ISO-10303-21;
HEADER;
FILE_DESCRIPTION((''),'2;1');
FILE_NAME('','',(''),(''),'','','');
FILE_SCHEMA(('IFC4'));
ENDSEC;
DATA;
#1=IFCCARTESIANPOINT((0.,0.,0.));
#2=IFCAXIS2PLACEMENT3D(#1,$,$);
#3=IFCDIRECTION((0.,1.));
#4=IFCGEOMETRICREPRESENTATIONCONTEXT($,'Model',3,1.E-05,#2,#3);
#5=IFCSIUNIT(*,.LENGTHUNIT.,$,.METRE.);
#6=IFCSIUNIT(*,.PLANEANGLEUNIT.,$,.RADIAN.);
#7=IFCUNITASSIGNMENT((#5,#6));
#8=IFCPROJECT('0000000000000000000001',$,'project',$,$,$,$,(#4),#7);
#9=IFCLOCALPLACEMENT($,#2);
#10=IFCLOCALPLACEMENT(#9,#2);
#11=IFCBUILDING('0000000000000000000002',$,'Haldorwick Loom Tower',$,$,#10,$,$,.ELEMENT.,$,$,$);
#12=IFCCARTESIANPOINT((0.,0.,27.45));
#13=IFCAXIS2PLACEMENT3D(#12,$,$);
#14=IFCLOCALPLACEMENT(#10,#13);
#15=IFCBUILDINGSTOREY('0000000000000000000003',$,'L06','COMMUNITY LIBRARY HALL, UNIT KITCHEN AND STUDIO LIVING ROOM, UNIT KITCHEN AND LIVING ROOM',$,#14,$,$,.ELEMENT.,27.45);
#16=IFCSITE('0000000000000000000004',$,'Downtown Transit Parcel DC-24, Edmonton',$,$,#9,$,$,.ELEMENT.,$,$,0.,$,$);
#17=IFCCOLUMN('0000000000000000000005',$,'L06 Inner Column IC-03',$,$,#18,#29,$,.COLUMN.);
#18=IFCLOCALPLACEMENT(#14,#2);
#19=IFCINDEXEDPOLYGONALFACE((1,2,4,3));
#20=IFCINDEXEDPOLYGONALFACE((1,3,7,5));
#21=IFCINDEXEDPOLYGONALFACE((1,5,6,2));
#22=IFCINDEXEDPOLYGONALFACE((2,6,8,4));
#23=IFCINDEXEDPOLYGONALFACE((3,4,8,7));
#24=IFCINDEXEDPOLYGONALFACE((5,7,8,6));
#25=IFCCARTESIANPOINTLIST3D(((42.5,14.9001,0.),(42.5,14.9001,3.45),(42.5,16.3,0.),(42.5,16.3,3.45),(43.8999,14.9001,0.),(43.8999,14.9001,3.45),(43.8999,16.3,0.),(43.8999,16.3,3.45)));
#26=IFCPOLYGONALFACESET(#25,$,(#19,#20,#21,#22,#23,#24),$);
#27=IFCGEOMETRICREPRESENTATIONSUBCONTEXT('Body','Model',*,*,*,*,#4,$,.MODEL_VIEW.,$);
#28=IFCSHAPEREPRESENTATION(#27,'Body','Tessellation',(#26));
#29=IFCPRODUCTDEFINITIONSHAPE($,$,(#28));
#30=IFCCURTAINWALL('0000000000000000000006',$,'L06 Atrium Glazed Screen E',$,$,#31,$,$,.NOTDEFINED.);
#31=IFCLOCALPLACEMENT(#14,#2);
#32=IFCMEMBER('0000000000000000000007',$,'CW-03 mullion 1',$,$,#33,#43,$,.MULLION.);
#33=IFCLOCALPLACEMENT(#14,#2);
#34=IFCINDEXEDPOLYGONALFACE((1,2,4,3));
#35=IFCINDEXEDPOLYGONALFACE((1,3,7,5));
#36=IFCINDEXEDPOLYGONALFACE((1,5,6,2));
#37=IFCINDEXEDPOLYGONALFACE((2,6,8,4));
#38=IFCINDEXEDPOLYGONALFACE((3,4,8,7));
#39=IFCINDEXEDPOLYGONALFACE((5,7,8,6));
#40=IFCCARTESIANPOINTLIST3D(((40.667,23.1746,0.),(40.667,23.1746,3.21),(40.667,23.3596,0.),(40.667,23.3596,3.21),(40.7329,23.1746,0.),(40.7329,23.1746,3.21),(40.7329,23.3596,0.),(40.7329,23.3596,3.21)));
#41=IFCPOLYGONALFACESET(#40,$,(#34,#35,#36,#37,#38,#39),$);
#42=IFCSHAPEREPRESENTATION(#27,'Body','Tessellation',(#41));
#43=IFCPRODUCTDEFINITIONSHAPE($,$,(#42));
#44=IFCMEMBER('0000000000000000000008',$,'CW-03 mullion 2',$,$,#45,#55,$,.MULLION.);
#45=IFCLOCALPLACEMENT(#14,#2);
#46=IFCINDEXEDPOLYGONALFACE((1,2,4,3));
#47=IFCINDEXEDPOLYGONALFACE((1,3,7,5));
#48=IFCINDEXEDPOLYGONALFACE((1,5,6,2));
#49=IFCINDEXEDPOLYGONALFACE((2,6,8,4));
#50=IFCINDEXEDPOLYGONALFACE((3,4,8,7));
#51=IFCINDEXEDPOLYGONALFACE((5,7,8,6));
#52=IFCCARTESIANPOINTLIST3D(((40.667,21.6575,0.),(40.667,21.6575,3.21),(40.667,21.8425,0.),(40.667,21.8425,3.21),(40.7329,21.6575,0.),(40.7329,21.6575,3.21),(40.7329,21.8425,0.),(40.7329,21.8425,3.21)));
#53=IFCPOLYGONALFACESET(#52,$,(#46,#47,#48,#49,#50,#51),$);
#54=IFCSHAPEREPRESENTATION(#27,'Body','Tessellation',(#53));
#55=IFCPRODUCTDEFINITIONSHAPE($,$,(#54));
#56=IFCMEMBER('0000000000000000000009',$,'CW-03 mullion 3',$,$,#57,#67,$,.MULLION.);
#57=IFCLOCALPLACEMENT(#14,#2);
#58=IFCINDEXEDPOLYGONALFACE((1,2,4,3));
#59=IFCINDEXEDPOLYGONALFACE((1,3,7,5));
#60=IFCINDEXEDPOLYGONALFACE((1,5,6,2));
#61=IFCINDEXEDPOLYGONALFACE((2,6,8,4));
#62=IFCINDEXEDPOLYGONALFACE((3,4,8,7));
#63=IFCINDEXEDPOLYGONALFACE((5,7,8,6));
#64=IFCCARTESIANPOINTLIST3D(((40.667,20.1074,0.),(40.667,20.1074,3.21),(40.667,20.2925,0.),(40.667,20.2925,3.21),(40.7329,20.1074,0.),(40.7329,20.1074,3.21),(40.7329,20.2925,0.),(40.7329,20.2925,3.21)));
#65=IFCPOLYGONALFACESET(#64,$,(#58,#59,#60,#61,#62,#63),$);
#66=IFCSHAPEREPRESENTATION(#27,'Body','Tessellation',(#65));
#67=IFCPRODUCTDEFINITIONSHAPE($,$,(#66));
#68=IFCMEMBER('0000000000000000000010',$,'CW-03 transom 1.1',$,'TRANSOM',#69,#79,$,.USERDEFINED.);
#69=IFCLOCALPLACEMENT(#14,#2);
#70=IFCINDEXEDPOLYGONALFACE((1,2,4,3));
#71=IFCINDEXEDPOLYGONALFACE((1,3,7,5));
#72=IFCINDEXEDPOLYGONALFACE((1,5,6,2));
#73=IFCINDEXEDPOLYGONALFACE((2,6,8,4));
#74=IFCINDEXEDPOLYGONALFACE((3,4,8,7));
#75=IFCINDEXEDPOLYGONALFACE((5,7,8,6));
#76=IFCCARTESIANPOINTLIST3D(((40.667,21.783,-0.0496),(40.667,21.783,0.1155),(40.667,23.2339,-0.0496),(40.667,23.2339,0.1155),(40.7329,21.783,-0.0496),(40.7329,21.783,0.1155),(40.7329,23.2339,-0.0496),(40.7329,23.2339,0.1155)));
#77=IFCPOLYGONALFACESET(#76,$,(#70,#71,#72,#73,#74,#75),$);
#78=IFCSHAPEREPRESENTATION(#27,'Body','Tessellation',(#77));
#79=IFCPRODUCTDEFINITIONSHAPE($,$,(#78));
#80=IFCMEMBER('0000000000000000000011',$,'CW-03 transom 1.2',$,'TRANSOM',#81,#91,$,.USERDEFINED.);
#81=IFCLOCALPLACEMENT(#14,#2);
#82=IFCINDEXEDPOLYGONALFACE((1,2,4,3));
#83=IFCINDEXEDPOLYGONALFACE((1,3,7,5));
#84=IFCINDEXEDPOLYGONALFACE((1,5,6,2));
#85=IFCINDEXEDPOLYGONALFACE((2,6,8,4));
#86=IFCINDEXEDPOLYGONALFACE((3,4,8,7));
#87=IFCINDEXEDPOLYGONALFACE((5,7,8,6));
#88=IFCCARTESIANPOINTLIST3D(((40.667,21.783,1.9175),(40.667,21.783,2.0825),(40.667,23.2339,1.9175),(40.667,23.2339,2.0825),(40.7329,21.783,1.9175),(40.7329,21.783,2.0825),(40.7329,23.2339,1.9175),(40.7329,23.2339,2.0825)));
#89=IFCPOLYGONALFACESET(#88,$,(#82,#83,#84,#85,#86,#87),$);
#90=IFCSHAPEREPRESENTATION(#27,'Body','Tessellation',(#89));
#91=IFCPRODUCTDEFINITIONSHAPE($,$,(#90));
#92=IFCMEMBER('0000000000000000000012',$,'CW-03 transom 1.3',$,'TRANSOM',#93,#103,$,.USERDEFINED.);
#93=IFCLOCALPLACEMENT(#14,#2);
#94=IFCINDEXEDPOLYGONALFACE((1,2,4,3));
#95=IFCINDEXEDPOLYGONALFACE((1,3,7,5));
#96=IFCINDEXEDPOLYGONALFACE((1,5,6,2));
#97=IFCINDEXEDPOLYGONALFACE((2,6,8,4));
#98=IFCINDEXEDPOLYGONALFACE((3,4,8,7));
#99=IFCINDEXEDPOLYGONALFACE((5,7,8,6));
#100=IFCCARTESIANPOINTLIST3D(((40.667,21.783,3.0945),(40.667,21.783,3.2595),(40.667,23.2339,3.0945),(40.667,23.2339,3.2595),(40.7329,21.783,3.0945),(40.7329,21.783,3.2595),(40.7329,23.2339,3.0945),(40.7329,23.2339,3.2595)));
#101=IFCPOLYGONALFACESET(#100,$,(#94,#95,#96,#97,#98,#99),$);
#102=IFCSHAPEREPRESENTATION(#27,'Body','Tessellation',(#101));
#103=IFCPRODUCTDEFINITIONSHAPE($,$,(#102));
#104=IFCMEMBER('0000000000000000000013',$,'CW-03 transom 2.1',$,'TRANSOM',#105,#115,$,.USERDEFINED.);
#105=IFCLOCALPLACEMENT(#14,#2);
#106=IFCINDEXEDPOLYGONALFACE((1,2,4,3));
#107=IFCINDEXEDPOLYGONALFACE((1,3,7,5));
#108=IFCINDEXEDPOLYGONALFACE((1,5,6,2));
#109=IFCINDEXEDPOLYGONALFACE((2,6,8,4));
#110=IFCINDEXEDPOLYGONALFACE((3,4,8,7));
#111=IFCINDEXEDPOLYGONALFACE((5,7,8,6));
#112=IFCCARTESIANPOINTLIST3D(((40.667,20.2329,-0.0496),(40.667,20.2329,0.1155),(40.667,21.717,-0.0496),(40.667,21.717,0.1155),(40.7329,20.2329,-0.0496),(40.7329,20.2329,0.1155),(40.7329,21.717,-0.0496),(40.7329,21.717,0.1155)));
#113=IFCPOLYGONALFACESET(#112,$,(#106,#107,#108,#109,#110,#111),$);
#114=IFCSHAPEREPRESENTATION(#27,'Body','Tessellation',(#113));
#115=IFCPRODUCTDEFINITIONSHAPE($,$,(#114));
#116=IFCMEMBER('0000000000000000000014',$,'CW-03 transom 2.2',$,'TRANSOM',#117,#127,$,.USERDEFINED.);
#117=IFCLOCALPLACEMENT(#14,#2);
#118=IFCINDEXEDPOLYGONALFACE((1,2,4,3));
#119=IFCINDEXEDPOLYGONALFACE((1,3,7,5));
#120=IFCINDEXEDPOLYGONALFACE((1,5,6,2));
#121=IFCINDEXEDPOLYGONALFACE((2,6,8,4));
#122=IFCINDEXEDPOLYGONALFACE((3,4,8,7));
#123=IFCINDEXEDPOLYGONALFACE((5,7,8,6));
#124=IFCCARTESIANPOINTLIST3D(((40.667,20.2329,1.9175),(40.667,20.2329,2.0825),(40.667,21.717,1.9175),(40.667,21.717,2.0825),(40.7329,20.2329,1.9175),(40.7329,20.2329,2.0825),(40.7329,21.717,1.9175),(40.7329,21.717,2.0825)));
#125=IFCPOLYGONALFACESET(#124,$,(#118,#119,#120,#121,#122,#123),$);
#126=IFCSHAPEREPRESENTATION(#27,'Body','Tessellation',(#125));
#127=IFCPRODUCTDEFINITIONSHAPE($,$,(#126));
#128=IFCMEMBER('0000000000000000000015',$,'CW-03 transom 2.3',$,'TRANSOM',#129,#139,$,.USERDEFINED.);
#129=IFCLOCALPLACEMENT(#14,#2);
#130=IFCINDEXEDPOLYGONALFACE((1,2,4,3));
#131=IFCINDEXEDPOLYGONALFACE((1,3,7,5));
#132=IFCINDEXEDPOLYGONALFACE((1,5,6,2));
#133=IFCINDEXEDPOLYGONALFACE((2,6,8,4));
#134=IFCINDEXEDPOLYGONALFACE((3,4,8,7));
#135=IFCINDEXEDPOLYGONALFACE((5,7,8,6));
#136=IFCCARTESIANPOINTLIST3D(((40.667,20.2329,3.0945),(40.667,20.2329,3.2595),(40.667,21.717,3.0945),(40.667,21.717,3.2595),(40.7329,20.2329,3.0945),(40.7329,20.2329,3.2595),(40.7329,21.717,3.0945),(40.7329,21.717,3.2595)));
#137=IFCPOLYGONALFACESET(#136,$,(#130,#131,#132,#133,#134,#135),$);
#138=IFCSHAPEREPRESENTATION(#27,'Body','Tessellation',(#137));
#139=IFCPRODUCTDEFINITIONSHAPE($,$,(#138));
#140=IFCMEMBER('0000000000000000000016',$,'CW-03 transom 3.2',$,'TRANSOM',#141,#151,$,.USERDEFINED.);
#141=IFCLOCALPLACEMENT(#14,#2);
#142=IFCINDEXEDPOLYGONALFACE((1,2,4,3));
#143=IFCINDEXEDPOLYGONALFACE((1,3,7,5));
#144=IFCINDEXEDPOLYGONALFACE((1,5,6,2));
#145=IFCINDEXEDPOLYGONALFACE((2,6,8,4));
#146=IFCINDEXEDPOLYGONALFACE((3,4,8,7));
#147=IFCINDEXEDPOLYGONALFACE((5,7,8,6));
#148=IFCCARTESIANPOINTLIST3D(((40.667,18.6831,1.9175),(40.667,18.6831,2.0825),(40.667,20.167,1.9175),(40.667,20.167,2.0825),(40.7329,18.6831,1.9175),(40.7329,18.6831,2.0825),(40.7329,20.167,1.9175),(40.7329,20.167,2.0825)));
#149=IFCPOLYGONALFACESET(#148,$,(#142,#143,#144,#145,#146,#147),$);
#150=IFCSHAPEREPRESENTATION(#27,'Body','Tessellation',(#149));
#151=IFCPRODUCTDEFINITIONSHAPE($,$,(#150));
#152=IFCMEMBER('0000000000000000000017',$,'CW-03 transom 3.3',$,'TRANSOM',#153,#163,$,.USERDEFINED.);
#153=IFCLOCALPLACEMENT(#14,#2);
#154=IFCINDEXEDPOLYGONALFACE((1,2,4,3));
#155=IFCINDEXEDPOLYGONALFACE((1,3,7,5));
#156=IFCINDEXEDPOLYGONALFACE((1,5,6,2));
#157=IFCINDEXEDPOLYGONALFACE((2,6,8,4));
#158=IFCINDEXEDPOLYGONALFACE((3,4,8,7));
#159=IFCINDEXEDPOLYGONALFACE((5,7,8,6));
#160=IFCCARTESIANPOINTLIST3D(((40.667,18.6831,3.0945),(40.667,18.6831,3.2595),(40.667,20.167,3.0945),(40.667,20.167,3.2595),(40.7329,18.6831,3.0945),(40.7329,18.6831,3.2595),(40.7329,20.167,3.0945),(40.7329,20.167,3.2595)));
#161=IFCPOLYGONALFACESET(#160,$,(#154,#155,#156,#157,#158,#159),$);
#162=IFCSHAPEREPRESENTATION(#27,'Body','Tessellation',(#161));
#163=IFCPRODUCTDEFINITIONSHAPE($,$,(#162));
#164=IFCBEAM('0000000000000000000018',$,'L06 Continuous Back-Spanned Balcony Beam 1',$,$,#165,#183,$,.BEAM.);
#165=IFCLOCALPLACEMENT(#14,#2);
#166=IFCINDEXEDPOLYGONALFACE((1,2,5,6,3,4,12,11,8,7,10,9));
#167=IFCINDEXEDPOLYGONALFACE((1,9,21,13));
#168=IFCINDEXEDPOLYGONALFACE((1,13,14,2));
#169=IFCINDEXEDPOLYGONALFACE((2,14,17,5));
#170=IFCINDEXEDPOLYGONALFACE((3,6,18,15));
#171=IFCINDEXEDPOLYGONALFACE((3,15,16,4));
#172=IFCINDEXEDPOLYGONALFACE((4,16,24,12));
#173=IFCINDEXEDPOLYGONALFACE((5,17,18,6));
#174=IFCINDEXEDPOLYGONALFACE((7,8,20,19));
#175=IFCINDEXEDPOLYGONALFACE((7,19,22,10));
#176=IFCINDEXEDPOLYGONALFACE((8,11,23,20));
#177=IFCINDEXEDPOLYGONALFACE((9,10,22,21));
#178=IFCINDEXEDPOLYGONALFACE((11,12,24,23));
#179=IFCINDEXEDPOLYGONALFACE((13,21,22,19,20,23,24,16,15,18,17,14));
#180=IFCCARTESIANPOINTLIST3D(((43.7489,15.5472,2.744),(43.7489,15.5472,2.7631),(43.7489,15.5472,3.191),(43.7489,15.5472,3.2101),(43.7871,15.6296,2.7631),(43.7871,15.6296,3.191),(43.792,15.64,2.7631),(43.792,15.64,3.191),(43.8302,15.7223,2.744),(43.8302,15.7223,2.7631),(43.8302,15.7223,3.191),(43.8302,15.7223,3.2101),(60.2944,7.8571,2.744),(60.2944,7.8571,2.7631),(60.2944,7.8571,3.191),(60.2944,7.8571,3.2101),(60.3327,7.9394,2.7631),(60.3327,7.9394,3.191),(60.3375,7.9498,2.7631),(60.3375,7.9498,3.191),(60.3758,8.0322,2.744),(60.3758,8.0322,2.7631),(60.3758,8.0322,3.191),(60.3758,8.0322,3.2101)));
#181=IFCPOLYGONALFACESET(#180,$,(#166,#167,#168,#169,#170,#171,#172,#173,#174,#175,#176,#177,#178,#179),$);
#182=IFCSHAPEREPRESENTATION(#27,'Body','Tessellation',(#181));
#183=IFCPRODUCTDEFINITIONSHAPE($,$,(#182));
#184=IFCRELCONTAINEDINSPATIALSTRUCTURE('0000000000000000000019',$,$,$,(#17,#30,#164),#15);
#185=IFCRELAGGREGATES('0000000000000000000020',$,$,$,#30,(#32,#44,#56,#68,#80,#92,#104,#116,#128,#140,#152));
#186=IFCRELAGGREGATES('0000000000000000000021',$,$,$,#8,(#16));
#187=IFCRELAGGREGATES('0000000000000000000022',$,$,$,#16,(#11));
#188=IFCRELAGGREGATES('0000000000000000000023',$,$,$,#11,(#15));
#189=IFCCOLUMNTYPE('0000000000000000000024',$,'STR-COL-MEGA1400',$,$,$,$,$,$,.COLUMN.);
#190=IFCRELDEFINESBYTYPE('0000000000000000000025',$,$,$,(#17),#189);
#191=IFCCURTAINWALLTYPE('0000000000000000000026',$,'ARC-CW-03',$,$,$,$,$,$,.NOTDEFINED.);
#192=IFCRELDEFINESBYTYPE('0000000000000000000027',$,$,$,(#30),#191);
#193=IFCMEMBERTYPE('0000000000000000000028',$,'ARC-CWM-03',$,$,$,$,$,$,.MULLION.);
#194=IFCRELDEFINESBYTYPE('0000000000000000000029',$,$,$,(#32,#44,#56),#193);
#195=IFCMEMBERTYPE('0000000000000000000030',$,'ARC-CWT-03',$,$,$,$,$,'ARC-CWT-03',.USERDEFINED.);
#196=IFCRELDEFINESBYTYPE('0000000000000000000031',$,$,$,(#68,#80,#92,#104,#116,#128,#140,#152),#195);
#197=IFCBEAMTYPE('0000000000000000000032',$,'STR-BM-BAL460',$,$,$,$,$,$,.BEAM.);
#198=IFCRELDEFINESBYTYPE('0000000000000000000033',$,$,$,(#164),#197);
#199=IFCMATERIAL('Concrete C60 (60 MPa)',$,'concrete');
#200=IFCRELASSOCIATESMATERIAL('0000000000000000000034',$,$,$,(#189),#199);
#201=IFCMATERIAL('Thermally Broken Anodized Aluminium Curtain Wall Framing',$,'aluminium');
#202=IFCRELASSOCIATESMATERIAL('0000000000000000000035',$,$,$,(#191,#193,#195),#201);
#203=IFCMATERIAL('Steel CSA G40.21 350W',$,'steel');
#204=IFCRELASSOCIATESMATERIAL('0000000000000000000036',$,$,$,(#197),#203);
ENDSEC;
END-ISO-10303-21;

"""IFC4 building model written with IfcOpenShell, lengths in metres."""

from ifc_helpers import new_model, si_unit, direction, frame, origin, origin_2d, place, context, subcontext, project, spatial, rectangle, i_section, extrude, material, material_profile, profile_set, type_object, element, aggregate, save


model = new_model("IFC4")

# Units and contexts
model_context = context("Model", 3, precision=1e-05, world=origin(), true_north=direction((0.0, 1.0)))
body_context = subcontext(model_context, "Body", "Model", "MODEL_VIEW")
ifc_project = project(units=[si_unit("LENGTHUNIT", "METRE"), si_unit("PLANEANGLEUNIT", "RADIAN")], contexts=[model_context])

# Site, building, storey
site_placement = place(None, origin())
site = spatial("IfcSite", under=ifc_project, at=site_placement, Name="Downtown Transit Parcel DC-24, Edmonton", CompositionType="ELEMENT", RefElevation=0.0)
building_placement = place(site_placement, origin())
building = spatial("IfcBuilding", under=site, at=building_placement, Name="Haldorwick Loom Tower", CompositionType="ELEMENT")
storey_placement = place(building_placement, frame((0.0, 0.0, 27.45)))
storey = spatial("IfcBuildingStorey", under=building, at=storey_placement, Name="L06", Description="COMMUNITY LIBRARY HALL, UNIT KITCHEN AND STUDIO LIVING ROOM, UNIT KITCHEN AND LIVING ROOM", CompositionType="ELEMENT", Elevation=27.45)

# Column
ifc_material_1 = material(Name="Concrete C60 (60 MPa)", Category="concrete")
ifc_material_profile_1 = material_profile(ifc_material_1, rectangle(XDim=1.3999, YDim=1.3999, at=origin_2d()), Name="RC1400X1400", Category="concrete")
ifc_profile_set_1 = profile_set([ifc_material_profile_1], Name="Concrete C60 (60 MPa)")
column_type = type_object("IfcColumnType", Name="STR-COL-MEGA1400", PredefinedType="COLUMN", material=ifc_profile_set_1)
column_placement = place(storey_placement, frame((43.2, 15.6001, 0.0), z_axis=(0.0, 0.0, 1.0), x_axis=(1.0, 0.0, 0.0)))
element("IfcColumn", 1, at=column_placement, inside=storey, type_object=column_type, Name="L06 Inner Column IC-03", PredefinedType="COLUMN", context=body_context, shape_type="SweptSolid", body=[
    extrude(rectangle(XDim=1.3999, YDim=1.3999, at=origin_2d()), origin(), (0.0, 0.0, 1.0), 3.45),
])

# Curtain wall, members
ifc_material_2 = material(Name="Thermally Broken Anodized Aluminium Curtain Wall Framing", Category="aluminium")
curtain_wall_type = type_object("IfcCurtainWallType", Name="ARC-CW-03", PredefinedType="NOTDEFINED", material=ifc_material_2)
curtain_wall_placement = place(storey_placement, origin())
curtain_wall = element("IfcCurtainWall", 2, at=curtain_wall_placement, inside=storey, type_object=curtain_wall_type, Name="L06 Atrium Glazed Screen E", PredefinedType="NOTDEFINED")
ifc_material_profile_2 = material_profile(ifc_material_2, rectangle(XDim=0.0659, YDim=0.1851, at=origin_2d()), Name="ALU_MUL_66X185", Category="aluminium")
ifc_profile_set_2 = profile_set([ifc_material_profile_2], Name="Thermally Broken Anodized Aluminium Curtain Wall Framing")
member_type_1 = type_object("IfcMemberType", Name="ARC-CWM-03", PredefinedType="MULLION", material=ifc_profile_set_2)
member_1_placement = place(storey_placement, frame((40.7, 23.2671, 0.0), z_axis=(0.0, 0.0, 1.0), x_axis=(1.0, 0.0, 0.0)))
member_1 = element("IfcMember", 3, at=member_1_placement, type_object=member_type_1, Name="CW-03 mullion 1", PredefinedType="MULLION", context=body_context, shape_type="SweptSolid", body=[
    extrude(rectangle(XDim=0.0659, YDim=0.1851, at=origin_2d()), origin(), (0.0, 0.0, 1.0), 3.21),
])
member_2_placement = place(storey_placement, frame((40.7, 21.75, 0.0), z_axis=(0.0, 0.0, 1.0), x_axis=(1.0, 0.0, 0.0)))
member_2 = element("IfcMember", 4, at=member_2_placement, type_object=member_type_1, Name="CW-03 mullion 2", PredefinedType="MULLION", context=body_context, shape_type="SweptSolid", body=[
    extrude(rectangle(XDim=0.0659, YDim=0.1851, at=origin_2d()), origin(), (0.0, 0.0, 1.0), 3.21),
])
member_3_placement = place(storey_placement, frame((40.7, 20.2, 0.0), z_axis=(0.0, 0.0, 1.0), x_axis=(1.0, 0.0, 0.0)))
member_3 = element("IfcMember", 5, at=member_3_placement, type_object=member_type_1, Name="CW-03 mullion 3", PredefinedType="MULLION", context=body_context, shape_type="SweptSolid", body=[
    extrude(rectangle(XDim=0.0659, YDim=0.1851, at=origin_2d()), origin(), (0.0, 0.0, 1.0), 3.21),
])
ifc_material_profile_3 = material_profile(ifc_material_2, rectangle(XDim=0.0659, YDim=0.165, at=origin_2d()), Name="ALU_TRN_66X165", Category="aluminium")
ifc_profile_set_3 = profile_set([ifc_material_profile_3], Name="Thermally Broken Anodized Aluminium Curtain Wall Framing")
member_type_2 = type_object("IfcMemberType", Name="ARC-CWT-03", ElementType="ARC-CWT-03", PredefinedType="USERDEFINED", material=ifc_profile_set_3)
member_4_placement = place(storey_placement, frame((40.7, 23.2339, 0.033), z_axis=(0.0, -1.0, 0.0), x_axis=(1.0, 0.0, 0.0)))
member_4 = element("IfcMember", 6, at=member_4_placement, type_object=member_type_2, Name="CW-03 transom 1.1", ObjectType="TRANSOM", PredefinedType="USERDEFINED", context=body_context, shape_type="SweptSolid", body=[
    extrude(rectangle(XDim=0.0659, YDim=0.165, at=origin_2d()), origin(), (0.0, 0.0, 1.0), 1.4509),
])
member_5_placement = place(storey_placement, frame((40.7, 23.2339, 2.0), z_axis=(0.0, -1.0, 0.0), x_axis=(1.0, 0.0, 0.0)))
member_5 = element("IfcMember", 7, at=member_5_placement, type_object=member_type_2, Name="CW-03 transom 1.2", ObjectType="TRANSOM", PredefinedType="USERDEFINED", context=body_context, shape_type="SweptSolid", body=[
    extrude(rectangle(XDim=0.0659, YDim=0.165, at=origin_2d()), origin(), (0.0, 0.0, 1.0), 1.4509),
])
member_6_placement = place(storey_placement, frame((40.7, 23.2339, 3.177), z_axis=(0.0, -1.0, 0.0), x_axis=(1.0, 0.0, 0.0)))
member_6 = element("IfcMember", 8, at=member_6_placement, type_object=member_type_2, Name="CW-03 transom 1.3", ObjectType="TRANSOM", PredefinedType="USERDEFINED", context=body_context, shape_type="SweptSolid", body=[
    extrude(rectangle(XDim=0.0659, YDim=0.165, at=origin_2d()), origin(), (0.0, 0.0, 1.0), 1.4509),
])
member_7_placement = place(storey_placement, frame((40.7, 21.717, 0.033), z_axis=(0.0, -1.0, 0.0), x_axis=(1.0, 0.0, 0.0)))
member_7 = element("IfcMember", 9, at=member_7_placement, type_object=member_type_2, Name="CW-03 transom 2.1", ObjectType="TRANSOM", PredefinedType="USERDEFINED", context=body_context, shape_type="SweptSolid", body=[
    extrude(rectangle(XDim=0.0659, YDim=0.165, at=origin_2d()), origin(), (0.0, 0.0, 1.0), 1.4841),
])
member_8_placement = place(storey_placement, frame((40.7, 21.717, 2.0), z_axis=(0.0, -1.0, 0.0), x_axis=(1.0, 0.0, 0.0)))
member_8 = element("IfcMember", 10, at=member_8_placement, type_object=member_type_2, Name="CW-03 transom 2.2", ObjectType="TRANSOM", PredefinedType="USERDEFINED", context=body_context, shape_type="SweptSolid", body=[
    extrude(rectangle(XDim=0.0659, YDim=0.165, at=origin_2d()), origin(), (0.0, 0.0, 1.0), 1.4841),
])
member_9_placement = place(storey_placement, frame((40.7, 21.717, 3.177), z_axis=(0.0, -1.0, 0.0), x_axis=(1.0, 0.0, 0.0)))
member_9 = element("IfcMember", 11, at=member_9_placement, type_object=member_type_2, Name="CW-03 transom 2.3", ObjectType="TRANSOM", PredefinedType="USERDEFINED", context=body_context, shape_type="SweptSolid", body=[
    extrude(rectangle(XDim=0.0659, YDim=0.165, at=origin_2d()), origin(), (0.0, 0.0, 1.0), 1.4841),
])
member_10_placement = place(storey_placement, frame((40.7, 20.167, 2.0), z_axis=(0.0, -1.0, 0.0), x_axis=(1.0, 0.0, 0.0)))
member_10 = element("IfcMember", 12, at=member_10_placement, type_object=member_type_2, Name="CW-03 transom 3.2", ObjectType="TRANSOM", PredefinedType="USERDEFINED", context=body_context, shape_type="SweptSolid", body=[
    extrude(rectangle(XDim=0.0659, YDim=0.165, at=origin_2d()), origin(), (0.0, 0.0, 1.0), 1.4839),
])
member_11_placement = place(storey_placement, frame((40.7, 20.167, 3.177), z_axis=(0.0, -1.0, 0.0), x_axis=(1.0, 0.0, 0.0)))
member_11 = element("IfcMember", 13, at=member_11_placement, type_object=member_type_2, Name="CW-03 transom 3.3", ObjectType="TRANSOM", PredefinedType="USERDEFINED", context=body_context, shape_type="SweptSolid", body=[
    extrude(rectangle(XDim=0.0659, YDim=0.165, at=origin_2d()), origin(), (0.0, 0.0, 1.0), 1.4839),
])

# Beam
ifc_material_3 = material(Name="Steel CSA G40.21 350W", Category="steel")
ifc_material_profile_4 = material_profile(ifc_material_3, i_section(OverallWidth=0.1931, OverallDepth=0.4661, WebThickness=0.0115, FlangeThickness=0.019, at=origin_2d()), Name="W460X97", Category="steel")
ifc_profile_set_4 = profile_set([ifc_material_profile_4], Name="Steel CSA G40.21 350W")
beam_type_1 = type_object("IfcBeamType", Name="STR-BM-BAL460", PredefinedType="BEAM", material=ifc_profile_set_4)
beam_1_placement = place(storey_placement, frame((43.7896, 15.6348, 2.9771), z_axis=(0.906836, -0.421484, 0.0), x_axis=(0.421484, 0.906836, 0.0)))
element("IfcBeam", 14, at=beam_1_placement, inside=storey, type_object=beam_type_1, Name="L06 Continuous Back-Spanned Balcony Beam 1", PredefinedType="BEAM", context=body_context, shape_type="SweptSolid", body=[
    extrude(i_section(OverallWidth=0.1931, OverallDepth=0.4661, WebThickness=0.0115, FlangeThickness=0.019, at=origin_2d()), origin(), (0.0, 0.0, 1.0), 18.2454),
])

aggregate(curtain_wall, [member_1, member_2, member_3, member_4, member_5, member_6, member_7, member_8, member_9, member_10, member_11])

save(model, "model.ifc")
